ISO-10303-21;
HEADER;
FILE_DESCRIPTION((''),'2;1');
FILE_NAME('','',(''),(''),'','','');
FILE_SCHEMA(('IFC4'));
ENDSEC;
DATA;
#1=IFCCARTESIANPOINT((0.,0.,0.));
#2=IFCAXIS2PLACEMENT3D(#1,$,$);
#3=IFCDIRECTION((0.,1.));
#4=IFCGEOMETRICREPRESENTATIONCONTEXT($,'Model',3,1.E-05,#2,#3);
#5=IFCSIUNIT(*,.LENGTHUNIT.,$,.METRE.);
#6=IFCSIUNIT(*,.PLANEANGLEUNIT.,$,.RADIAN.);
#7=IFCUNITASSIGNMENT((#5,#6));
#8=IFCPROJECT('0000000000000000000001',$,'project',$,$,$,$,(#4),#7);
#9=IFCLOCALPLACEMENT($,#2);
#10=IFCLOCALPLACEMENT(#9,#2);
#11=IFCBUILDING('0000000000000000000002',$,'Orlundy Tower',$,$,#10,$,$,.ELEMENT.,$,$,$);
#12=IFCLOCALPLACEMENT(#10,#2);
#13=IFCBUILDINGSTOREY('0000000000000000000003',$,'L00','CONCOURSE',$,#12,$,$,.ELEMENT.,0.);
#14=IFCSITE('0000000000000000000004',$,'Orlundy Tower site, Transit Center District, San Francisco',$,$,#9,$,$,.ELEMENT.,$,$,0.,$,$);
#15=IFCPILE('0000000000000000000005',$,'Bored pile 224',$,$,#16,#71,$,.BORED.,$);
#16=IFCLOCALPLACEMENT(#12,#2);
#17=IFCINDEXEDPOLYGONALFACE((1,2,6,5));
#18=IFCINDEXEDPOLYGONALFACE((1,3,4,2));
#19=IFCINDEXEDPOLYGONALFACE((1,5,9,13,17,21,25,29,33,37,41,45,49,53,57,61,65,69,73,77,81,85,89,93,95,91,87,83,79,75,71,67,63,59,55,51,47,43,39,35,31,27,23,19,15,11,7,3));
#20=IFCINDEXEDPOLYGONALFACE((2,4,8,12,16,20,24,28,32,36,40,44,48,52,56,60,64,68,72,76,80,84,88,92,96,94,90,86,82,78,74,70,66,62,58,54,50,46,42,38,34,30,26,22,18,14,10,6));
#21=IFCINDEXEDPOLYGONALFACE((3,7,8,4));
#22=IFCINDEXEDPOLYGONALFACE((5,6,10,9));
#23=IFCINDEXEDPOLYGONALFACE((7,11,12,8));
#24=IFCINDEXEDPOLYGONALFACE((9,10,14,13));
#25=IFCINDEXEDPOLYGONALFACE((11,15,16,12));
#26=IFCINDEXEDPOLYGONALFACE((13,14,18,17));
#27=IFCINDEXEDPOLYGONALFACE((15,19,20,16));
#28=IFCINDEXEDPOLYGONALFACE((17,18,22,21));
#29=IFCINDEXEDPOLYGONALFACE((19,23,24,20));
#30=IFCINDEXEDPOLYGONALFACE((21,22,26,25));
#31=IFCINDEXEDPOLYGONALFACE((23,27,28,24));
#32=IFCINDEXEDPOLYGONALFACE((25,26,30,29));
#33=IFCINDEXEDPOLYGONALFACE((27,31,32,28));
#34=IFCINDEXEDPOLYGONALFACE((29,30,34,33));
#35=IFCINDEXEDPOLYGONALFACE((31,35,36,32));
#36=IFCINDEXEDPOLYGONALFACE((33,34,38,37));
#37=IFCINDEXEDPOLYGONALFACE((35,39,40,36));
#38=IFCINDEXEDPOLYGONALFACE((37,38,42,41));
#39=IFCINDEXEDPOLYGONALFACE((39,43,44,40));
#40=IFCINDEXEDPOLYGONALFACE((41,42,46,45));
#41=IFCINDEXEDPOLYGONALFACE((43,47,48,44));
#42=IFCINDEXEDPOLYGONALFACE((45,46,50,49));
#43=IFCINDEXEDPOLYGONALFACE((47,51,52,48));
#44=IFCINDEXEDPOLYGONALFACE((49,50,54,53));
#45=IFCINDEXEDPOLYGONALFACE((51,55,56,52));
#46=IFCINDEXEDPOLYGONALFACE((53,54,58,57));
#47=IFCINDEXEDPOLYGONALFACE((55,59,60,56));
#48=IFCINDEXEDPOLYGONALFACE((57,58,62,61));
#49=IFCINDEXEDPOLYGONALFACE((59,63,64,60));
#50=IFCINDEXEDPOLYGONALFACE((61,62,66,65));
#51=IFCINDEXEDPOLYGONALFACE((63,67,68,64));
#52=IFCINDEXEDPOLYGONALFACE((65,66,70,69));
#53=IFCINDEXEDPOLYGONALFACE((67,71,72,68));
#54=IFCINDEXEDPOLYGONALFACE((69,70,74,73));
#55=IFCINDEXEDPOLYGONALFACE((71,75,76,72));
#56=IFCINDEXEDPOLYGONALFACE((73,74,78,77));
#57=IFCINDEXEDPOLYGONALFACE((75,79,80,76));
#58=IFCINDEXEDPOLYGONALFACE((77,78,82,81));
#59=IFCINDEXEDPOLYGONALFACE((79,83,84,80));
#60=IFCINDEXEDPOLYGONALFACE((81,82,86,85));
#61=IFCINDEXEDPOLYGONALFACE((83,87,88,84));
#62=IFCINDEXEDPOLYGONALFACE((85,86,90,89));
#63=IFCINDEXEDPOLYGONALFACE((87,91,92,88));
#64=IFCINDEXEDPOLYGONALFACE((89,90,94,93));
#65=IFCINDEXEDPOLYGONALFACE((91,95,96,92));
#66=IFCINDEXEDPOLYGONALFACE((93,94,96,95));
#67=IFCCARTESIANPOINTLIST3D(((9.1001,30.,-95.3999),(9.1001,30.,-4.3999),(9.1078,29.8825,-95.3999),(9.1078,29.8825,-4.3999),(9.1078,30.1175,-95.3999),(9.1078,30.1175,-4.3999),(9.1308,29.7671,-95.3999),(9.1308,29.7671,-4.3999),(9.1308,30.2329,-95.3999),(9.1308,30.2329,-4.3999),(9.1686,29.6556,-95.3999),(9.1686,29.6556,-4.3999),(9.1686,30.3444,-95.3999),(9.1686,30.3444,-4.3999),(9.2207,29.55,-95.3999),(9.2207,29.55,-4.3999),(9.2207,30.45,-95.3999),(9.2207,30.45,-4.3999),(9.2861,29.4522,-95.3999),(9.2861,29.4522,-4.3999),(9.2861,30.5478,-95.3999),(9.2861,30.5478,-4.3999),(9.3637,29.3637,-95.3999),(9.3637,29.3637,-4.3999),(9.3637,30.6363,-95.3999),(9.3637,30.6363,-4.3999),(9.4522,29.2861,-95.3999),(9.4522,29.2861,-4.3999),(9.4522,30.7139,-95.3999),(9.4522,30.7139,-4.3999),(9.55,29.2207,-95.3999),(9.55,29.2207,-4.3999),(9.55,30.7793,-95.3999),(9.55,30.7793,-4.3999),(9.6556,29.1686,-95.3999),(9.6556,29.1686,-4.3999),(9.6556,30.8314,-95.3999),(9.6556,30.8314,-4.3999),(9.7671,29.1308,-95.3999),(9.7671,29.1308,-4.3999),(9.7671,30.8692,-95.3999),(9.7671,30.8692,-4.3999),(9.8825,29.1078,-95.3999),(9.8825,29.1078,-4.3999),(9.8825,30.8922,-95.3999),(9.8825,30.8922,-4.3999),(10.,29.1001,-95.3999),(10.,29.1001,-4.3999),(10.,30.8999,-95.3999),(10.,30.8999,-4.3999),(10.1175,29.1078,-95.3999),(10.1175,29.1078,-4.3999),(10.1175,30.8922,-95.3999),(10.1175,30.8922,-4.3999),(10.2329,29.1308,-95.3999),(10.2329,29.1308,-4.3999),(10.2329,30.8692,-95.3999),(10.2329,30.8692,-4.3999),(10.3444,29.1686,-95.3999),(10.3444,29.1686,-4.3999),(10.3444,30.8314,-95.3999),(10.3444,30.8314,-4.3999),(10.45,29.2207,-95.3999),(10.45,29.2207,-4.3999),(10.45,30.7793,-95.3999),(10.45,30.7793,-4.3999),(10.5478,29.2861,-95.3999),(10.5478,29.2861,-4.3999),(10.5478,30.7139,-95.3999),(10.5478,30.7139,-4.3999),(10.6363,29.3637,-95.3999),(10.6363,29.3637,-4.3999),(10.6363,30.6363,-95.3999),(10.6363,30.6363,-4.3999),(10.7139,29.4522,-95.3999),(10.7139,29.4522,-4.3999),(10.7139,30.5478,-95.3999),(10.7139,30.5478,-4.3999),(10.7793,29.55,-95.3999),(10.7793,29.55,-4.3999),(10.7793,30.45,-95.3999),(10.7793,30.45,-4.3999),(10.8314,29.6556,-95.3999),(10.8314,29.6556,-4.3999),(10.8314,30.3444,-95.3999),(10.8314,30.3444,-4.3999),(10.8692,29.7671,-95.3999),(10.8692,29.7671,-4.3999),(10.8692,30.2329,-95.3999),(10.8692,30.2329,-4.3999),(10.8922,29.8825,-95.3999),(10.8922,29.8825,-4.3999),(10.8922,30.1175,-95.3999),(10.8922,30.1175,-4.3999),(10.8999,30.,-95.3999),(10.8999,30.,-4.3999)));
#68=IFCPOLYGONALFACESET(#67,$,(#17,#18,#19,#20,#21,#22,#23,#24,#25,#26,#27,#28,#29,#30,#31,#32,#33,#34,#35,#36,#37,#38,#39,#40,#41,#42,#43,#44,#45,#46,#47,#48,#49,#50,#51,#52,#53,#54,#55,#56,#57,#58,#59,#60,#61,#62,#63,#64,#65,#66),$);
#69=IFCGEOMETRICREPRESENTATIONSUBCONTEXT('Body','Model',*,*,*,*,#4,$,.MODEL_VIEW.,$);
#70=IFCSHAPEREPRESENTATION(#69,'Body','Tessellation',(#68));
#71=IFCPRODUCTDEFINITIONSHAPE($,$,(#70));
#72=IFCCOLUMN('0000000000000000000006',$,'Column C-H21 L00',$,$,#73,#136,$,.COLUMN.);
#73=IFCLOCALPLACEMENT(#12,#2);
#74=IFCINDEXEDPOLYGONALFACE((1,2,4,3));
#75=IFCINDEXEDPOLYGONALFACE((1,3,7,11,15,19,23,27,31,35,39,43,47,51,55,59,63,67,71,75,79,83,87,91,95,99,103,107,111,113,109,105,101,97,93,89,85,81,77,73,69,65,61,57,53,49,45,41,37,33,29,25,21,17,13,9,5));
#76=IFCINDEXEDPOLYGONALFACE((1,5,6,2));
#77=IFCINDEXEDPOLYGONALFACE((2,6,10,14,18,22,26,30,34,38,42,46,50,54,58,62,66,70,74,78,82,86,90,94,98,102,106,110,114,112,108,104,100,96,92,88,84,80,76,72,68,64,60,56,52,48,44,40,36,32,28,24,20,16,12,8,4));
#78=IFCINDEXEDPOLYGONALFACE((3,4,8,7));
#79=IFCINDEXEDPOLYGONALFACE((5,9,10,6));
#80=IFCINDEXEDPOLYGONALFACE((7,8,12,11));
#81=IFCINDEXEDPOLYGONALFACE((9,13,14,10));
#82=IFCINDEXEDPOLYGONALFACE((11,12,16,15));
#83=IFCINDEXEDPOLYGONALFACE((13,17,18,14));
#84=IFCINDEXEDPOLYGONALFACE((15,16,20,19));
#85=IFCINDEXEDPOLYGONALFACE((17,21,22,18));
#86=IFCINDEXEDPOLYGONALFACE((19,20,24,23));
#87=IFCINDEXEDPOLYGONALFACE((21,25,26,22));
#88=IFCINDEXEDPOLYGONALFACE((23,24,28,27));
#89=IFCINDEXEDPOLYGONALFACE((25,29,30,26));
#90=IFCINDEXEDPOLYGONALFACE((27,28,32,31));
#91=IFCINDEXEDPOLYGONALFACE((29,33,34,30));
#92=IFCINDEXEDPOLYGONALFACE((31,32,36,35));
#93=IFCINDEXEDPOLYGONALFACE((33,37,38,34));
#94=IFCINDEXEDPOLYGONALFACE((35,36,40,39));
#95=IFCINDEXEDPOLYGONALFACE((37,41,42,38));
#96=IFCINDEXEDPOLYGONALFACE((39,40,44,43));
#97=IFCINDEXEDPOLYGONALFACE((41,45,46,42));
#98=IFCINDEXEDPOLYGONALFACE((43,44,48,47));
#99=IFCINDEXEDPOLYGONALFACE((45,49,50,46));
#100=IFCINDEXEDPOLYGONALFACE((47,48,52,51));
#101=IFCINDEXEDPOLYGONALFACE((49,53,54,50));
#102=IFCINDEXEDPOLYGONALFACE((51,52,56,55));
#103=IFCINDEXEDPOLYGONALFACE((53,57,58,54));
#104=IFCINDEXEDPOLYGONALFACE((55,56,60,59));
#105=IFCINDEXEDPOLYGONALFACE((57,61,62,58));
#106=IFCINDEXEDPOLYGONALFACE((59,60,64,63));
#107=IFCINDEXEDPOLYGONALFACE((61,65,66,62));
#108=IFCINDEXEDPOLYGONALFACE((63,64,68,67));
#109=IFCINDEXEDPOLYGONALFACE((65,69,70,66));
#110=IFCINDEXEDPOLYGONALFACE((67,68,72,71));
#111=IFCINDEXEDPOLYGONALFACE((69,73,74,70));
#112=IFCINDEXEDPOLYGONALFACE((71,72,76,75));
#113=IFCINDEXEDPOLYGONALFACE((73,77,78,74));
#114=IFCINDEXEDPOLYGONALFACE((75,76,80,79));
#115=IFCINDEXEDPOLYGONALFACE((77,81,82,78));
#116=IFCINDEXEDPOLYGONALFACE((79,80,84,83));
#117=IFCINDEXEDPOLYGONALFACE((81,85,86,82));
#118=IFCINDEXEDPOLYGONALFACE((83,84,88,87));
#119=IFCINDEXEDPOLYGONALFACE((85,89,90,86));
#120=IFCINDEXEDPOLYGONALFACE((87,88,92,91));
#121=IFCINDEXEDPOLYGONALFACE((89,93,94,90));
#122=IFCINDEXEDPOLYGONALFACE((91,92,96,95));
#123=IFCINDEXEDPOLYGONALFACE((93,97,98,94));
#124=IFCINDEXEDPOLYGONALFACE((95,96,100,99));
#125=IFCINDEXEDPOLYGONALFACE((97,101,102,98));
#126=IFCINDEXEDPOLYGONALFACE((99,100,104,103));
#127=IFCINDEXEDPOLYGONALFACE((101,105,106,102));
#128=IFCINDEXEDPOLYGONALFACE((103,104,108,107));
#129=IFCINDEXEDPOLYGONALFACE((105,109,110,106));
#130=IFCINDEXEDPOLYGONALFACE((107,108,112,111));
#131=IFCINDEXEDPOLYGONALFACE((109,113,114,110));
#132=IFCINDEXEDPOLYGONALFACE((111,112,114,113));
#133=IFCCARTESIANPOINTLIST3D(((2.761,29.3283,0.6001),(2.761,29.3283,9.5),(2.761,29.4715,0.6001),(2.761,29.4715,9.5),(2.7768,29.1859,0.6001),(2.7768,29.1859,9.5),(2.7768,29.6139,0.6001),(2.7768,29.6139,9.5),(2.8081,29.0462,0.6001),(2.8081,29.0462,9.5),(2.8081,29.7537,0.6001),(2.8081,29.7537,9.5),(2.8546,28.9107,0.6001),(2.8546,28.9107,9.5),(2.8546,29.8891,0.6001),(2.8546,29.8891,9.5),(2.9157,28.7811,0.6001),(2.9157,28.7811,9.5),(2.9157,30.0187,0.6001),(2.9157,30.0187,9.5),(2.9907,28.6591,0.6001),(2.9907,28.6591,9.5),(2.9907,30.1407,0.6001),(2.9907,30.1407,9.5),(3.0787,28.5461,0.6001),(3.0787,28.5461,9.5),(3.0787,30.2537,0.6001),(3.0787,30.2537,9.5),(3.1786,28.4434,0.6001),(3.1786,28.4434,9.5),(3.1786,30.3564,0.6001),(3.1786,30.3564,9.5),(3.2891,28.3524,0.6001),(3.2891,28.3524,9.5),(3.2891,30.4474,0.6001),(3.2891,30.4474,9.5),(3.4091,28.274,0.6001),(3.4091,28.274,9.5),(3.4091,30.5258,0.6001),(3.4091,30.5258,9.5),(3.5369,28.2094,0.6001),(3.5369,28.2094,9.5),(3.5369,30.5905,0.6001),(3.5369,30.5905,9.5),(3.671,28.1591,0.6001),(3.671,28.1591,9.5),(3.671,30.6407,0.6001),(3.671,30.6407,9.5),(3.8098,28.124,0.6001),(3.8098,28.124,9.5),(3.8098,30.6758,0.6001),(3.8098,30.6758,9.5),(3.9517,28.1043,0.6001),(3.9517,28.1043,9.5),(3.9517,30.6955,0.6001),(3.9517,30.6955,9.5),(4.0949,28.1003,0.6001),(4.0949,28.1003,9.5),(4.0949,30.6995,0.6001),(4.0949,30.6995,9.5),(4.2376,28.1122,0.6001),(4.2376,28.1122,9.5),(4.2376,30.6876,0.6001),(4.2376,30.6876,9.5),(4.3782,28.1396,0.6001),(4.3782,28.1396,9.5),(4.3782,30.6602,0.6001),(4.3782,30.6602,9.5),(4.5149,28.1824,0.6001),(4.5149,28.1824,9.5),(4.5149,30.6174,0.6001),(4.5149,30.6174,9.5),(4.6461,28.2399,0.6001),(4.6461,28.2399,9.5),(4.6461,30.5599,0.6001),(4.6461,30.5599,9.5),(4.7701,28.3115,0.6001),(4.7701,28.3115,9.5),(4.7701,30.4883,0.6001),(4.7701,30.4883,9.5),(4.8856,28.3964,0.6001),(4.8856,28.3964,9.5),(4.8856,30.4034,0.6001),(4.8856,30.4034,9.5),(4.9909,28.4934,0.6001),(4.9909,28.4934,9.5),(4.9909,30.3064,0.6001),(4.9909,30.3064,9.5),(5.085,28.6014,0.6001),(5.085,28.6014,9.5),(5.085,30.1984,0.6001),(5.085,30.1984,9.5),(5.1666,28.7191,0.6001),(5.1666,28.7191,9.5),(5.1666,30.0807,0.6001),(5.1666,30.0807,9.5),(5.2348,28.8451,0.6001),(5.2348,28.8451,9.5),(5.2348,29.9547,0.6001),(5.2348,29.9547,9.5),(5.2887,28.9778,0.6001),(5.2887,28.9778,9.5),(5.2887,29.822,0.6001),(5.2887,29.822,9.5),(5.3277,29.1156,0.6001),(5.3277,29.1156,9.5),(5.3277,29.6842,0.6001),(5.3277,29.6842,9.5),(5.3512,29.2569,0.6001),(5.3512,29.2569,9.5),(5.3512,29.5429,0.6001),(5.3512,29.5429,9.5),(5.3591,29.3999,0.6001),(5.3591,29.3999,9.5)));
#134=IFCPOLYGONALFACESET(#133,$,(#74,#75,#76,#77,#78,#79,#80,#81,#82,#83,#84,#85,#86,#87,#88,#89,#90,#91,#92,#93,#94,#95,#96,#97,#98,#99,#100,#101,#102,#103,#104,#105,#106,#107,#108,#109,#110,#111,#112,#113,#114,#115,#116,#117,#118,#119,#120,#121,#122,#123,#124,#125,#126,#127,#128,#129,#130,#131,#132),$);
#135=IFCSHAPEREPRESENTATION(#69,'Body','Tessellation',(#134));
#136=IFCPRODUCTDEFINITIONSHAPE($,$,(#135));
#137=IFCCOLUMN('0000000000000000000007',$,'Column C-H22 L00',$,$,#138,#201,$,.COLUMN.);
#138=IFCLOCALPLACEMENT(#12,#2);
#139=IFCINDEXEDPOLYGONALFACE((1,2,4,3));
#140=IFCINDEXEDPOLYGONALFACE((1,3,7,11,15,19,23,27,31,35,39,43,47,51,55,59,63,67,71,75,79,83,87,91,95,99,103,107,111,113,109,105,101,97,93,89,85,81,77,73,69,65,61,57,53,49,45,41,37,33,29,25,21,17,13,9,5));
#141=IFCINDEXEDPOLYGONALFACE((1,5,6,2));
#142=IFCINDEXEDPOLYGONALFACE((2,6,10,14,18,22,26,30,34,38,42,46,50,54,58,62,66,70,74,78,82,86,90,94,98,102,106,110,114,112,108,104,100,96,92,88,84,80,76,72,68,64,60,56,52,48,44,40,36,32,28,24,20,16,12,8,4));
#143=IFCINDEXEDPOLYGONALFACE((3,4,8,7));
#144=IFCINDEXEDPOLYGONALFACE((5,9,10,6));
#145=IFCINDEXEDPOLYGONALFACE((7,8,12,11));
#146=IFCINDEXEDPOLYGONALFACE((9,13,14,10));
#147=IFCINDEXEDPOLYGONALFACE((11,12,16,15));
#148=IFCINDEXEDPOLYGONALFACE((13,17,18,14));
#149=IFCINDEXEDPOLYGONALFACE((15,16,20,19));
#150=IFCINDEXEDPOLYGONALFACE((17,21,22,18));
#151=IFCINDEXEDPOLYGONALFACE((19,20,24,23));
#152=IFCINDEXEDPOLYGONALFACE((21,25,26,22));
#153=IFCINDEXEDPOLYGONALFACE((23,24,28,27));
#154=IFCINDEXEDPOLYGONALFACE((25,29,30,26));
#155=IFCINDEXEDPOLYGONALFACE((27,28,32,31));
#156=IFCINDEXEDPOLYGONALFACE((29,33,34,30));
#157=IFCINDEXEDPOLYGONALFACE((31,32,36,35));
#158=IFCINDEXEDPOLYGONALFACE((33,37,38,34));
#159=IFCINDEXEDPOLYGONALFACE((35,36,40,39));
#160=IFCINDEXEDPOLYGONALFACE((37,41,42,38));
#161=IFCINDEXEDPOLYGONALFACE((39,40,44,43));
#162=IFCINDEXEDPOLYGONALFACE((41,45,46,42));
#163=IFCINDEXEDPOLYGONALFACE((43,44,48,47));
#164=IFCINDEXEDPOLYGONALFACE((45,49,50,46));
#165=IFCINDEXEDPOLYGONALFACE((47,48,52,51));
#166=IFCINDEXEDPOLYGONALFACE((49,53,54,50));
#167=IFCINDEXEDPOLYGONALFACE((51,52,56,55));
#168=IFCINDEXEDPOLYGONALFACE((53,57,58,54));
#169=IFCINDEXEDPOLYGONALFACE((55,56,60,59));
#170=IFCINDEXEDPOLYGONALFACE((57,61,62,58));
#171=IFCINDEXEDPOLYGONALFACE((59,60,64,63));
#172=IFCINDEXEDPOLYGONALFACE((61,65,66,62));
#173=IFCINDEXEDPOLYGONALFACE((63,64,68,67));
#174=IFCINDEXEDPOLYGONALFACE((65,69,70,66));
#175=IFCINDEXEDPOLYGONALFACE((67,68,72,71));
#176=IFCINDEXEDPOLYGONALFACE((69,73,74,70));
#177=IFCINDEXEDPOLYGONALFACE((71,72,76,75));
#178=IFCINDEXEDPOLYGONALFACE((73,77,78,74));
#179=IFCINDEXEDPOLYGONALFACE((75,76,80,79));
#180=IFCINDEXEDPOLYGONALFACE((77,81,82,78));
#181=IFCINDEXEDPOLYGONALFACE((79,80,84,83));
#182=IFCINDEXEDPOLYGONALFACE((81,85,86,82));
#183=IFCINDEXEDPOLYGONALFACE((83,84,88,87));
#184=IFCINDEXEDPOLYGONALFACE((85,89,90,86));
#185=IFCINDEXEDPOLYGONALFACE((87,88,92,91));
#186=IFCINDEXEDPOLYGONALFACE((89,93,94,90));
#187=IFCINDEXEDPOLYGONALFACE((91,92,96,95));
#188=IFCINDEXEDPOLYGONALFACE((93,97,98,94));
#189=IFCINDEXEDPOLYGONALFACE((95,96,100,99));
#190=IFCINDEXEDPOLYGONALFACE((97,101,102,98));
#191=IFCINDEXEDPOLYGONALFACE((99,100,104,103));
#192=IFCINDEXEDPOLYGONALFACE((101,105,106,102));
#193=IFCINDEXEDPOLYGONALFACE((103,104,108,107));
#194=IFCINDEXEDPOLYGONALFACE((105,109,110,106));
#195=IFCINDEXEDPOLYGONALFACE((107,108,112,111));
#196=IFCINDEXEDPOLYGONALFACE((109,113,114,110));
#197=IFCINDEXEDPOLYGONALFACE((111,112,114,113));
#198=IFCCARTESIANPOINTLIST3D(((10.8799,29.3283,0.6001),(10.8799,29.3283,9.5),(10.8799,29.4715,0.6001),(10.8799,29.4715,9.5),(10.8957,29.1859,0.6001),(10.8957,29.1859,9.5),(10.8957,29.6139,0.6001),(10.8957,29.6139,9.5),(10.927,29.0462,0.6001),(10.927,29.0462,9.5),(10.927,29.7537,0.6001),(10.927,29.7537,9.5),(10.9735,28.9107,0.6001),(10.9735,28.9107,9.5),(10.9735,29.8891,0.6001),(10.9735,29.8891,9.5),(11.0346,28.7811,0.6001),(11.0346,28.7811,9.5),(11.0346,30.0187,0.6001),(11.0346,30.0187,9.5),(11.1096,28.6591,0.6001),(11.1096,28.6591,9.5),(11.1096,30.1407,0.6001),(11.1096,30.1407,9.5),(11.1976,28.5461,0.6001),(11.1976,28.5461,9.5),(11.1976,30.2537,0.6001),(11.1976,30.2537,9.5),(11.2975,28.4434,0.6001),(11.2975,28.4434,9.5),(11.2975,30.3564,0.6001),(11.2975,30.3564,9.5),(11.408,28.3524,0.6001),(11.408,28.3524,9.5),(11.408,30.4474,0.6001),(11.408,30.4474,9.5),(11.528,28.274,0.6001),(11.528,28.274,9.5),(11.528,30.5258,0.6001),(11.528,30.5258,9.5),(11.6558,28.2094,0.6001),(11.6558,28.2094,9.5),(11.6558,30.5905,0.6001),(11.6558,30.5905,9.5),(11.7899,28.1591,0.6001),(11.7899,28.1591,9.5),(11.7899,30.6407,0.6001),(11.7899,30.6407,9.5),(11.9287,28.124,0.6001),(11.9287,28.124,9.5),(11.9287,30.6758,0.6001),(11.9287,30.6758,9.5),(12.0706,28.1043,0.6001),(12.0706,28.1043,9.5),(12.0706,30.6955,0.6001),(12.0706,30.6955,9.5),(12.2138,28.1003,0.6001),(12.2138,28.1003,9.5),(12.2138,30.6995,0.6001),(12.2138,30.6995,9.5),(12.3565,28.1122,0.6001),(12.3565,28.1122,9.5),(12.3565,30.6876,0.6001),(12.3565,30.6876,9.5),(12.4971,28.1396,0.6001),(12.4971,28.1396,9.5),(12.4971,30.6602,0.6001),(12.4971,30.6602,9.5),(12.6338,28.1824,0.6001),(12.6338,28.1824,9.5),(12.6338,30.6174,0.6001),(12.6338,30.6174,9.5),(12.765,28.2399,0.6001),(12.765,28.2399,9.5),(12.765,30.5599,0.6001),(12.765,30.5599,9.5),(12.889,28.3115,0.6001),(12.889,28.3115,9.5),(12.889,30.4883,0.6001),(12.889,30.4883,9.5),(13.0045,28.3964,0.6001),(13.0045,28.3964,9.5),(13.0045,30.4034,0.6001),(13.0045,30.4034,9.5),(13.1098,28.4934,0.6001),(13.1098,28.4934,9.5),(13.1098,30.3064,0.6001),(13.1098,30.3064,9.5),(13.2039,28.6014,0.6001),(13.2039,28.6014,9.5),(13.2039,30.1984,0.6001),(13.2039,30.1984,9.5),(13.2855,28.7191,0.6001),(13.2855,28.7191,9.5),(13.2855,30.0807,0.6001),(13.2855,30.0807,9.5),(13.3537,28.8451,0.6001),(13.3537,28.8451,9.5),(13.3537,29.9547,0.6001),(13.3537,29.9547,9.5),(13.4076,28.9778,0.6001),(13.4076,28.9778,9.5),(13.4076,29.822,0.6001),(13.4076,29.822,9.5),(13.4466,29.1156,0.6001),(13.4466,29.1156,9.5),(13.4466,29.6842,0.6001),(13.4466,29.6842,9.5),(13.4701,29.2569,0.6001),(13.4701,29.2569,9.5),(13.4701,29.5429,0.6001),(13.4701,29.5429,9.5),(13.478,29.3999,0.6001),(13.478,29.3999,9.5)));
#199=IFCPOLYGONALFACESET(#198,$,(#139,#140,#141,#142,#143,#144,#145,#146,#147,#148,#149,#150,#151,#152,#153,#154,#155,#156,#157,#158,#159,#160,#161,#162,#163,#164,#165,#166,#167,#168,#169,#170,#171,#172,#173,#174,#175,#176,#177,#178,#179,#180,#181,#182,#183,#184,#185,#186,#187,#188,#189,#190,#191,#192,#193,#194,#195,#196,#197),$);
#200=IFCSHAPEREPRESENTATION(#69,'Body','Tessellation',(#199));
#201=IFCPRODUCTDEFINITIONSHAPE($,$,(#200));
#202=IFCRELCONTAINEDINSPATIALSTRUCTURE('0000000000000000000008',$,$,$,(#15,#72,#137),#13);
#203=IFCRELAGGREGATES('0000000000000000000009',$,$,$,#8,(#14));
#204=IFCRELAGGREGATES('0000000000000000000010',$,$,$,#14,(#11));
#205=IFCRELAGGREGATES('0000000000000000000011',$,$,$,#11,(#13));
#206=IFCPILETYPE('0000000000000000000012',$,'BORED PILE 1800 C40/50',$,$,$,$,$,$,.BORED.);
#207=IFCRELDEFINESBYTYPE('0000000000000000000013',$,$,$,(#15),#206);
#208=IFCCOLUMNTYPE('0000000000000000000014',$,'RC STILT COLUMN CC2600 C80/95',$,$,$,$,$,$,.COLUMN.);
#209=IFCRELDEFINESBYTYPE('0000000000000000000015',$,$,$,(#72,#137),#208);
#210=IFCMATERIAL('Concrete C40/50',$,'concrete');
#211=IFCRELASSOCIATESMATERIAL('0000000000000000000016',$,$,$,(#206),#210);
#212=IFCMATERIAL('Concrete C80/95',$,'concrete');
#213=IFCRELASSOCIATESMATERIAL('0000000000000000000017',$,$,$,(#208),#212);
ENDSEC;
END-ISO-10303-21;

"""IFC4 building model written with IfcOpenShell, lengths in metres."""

from ifc_helpers import new_model, si_unit, direction, frame, origin, origin_2d, place, context, subcontext, project, spatial, circle, extrude, material, material_profile, profile_set, type_object, element, save


model = new_model("IFC4")

# Units and contexts
model_context = context("Model", 3, precision=1e-05, world=origin(), true_north=direction((0.0, 1.0)))
body_context = subcontext(model_context, "Body", "Model", "MODEL_VIEW")
ifc_project = project(units=[si_unit("LENGTHUNIT", "METRE"), si_unit("PLANEANGLEUNIT", "RADIAN")], contexts=[model_context])

# Site, building, storey
site_placement = place(None, origin())
site = spatial("IfcSite", under=ifc_project, at=site_placement, Name="Orlundy Tower site, Transit Center District, San Francisco", CompositionType="ELEMENT", RefElevation=0.0)
building_placement = place(site_placement, origin())
building = spatial("IfcBuilding", under=site, at=building_placement, Name="Orlundy Tower", CompositionType="ELEMENT")
storey_placement = place(building_placement, origin())
storey = spatial("IfcBuildingStorey", under=building, at=storey_placement, Name="L00", Description="CONCOURSE", CompositionType="ELEMENT", Elevation=0.0)

# Pile
ifc_material_1 = material(Name="Concrete C40/50", Category="concrete")
ifc_material_profile_1 = material_profile(ifc_material_1, circle(Radius=0.8999, at=origin_2d()), Name="BP1800")
ifc_profile_set_1 = profile_set([ifc_material_profile_1], Name="Concrete C40/50")
pile_type = type_object("IfcPileType", Name="BORED PILE 1800 C40/50", PredefinedType="BORED", material=ifc_profile_set_1)
for number, where, z_axis, x_axis, name in (
    (1, (10.0, 30.0, -4.3999), (0.0, 0.0, -1.0), (1.0, 0.0, 0.0), "Bored pile 224"),
):
    element("IfcPile", number, at=place(storey_placement, frame(where, z_axis=z_axis, x_axis=x_axis)), inside=storey, type_object=pile_type, Name=name, PredefinedType="BORED", context=body_context, shape_type="SweptSolid", body=[
        extrude(circle(Radius=0.8999, at=origin_2d()), origin(), (0.0, 0.0, 1.0), 91.0),
    ])

# Columns
ifc_material_2 = material(Name="Concrete C80/95", Category="concrete")
ifc_material_profile_2 = material_profile(ifc_material_2, circle(Radius=1.3, at=origin_2d()), Name="CC2600")
ifc_profile_set_2 = profile_set([ifc_material_profile_2], Name="Concrete C80/95")
column_type = type_object("IfcColumnType", Name="RC STILT COLUMN CC2600 C80/95", PredefinedType="COLUMN", material=ifc_profile_set_2)
for number, where, z_axis, x_axis, name in (
    (2, (4.0591, 29.3999, 0.6001), (0.0, 0.0, 1.0), (1.0, 0.0, 0.0), "Column C-H21 L00"),
    (3, (12.178, 29.3999, 0.6001), (0.0, 0.0, 1.0), (1.0, 0.0, 0.0), "Column C-H22 L00"),
):
    element("IfcColumn", number, at=place(storey_placement, frame(where, z_axis=z_axis, x_axis=x_axis)), inside=storey, type_object=column_type, Name=name, PredefinedType="COLUMN", context=body_context, shape_type="SweptSolid", body=[
        extrude(circle(Radius=1.3, at=origin_2d()), origin(), (0.0, 0.0, 1.0), 8.8999),
    ])

save(model, "model.ifc")
